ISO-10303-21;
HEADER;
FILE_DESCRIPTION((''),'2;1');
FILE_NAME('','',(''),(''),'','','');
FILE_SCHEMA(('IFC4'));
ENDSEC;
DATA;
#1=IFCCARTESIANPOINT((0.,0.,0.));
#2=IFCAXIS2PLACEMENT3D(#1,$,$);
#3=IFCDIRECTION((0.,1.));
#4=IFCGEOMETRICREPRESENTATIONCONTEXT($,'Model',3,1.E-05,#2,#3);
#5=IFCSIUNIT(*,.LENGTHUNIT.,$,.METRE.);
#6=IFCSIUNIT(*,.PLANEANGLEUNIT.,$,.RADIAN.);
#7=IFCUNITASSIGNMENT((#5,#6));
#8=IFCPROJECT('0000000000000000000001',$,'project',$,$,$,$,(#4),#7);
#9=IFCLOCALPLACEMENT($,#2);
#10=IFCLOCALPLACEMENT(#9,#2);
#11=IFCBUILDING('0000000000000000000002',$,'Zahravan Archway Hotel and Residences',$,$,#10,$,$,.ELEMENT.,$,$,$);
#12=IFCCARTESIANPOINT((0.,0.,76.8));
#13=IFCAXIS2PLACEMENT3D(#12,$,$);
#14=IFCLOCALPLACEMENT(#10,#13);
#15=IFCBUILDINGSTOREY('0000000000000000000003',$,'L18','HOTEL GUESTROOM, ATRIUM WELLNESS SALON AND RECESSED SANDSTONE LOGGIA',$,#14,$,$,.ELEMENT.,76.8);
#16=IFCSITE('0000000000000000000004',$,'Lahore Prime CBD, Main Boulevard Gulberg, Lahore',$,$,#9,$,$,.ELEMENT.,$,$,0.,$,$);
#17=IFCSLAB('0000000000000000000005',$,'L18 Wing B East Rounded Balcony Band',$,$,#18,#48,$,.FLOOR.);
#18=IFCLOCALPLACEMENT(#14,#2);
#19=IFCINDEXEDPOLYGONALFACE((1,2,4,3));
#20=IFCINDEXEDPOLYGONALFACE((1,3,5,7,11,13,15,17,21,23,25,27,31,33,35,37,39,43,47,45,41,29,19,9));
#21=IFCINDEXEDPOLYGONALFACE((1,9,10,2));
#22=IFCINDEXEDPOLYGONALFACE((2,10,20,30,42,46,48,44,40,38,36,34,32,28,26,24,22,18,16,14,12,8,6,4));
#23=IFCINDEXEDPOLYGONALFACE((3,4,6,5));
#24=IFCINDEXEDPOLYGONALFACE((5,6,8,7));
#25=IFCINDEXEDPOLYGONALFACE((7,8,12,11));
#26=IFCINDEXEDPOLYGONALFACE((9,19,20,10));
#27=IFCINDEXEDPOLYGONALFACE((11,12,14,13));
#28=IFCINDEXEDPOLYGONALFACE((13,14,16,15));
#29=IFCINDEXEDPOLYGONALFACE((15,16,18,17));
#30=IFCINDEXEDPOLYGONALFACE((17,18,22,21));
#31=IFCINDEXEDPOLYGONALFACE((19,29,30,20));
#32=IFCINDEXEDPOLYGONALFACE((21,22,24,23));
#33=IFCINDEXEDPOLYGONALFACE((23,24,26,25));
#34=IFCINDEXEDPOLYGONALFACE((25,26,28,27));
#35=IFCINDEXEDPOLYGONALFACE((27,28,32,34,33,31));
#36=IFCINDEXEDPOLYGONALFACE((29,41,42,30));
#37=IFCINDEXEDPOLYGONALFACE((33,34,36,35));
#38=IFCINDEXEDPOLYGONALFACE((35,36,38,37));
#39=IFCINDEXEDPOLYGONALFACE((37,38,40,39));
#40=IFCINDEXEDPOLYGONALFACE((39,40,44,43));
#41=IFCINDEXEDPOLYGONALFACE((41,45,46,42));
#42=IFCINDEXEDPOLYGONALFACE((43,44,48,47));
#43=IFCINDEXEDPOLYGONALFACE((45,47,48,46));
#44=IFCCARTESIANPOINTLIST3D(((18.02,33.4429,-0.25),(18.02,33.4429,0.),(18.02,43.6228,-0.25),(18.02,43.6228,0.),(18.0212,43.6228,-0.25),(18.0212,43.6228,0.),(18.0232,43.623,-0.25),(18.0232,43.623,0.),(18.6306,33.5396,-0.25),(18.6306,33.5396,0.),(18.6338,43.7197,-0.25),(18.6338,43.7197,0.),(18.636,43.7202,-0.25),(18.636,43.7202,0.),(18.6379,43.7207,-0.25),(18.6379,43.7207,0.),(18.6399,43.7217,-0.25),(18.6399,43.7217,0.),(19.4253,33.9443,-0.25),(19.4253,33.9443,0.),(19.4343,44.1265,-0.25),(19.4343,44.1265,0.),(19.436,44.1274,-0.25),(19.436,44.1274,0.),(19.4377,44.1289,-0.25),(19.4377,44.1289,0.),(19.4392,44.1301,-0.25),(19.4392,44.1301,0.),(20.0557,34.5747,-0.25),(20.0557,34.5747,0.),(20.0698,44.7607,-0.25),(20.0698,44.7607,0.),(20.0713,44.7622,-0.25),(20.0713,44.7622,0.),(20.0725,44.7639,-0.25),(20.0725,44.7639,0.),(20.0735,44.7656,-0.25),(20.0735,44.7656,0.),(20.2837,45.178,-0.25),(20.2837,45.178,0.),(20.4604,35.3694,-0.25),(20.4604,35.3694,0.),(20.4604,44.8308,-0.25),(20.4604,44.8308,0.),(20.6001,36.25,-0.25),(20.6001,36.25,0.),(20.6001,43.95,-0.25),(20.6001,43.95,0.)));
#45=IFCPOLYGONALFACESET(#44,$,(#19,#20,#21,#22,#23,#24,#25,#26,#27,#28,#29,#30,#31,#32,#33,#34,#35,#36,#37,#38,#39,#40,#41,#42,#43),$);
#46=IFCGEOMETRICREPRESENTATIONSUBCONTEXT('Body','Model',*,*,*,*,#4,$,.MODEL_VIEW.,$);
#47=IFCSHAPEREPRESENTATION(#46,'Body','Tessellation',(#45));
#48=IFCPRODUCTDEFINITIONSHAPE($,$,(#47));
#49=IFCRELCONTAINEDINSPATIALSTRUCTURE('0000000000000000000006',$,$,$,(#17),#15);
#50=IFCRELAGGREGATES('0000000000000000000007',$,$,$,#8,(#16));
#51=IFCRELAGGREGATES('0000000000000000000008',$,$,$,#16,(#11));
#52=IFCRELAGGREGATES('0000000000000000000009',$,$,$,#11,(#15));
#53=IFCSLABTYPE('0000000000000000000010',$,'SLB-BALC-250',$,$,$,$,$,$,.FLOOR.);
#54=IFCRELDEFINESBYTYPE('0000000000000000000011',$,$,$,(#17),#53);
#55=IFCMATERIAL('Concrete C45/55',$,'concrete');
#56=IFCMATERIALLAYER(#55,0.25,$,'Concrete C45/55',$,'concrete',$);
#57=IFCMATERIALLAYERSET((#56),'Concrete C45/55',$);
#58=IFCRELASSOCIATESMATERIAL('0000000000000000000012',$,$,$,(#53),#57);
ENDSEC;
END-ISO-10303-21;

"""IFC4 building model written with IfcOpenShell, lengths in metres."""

from ifc_helpers import new_model, si_unit, direction, frame, origin, place, context, subcontext, project, spatial, polyline, outline, extrude, material, layer, layer_set, type_object, element, save


model = new_model("IFC4")

# Units and contexts
model_context = context("Model", 3, precision=1e-05, world=origin(), true_north=direction((0.0, 1.0)))
body_context = subcontext(model_context, "Body", "Model", "MODEL_VIEW")
ifc_project = project(units=[si_unit("LENGTHUNIT", "METRE"), si_unit("PLANEANGLEUNIT", "RADIAN")], contexts=[model_context])

# Site, building, storey
site_placement = place(None, origin())
site = spatial("IfcSite", under=ifc_project, at=site_placement, Name="Lahore Prime CBD, Main Boulevard Gulberg, Lahore", CompositionType="ELEMENT", RefElevation=0.0)
building_placement = place(site_placement, origin())
building = spatial("IfcBuilding", under=site, at=building_placement, Name="Zahravan Archway Hotel and Residences", CompositionType="ELEMENT")
storey_placement = place(building_placement, frame((0.0, 0.0, 76.8)))
storey = spatial("IfcBuildingStorey", under=building, at=storey_placement, Name="L18", Description="HOTEL GUESTROOM, ATRIUM WELLNESS SALON AND RECESSED SANDSTONE LOGGIA", CompositionType="ELEMENT", Elevation=76.8)

# Slab
ifc_material_1 = material(Name="Concrete C45/55", Category="concrete")
ifc_layer_1 = layer(ifc_material_1, 0.25, Name="Concrete C45/55", Category="concrete")
ifc_layer_set_1 = layer_set([ifc_layer_1], Name="Concrete C45/55")
slab_type_1 = type_object("IfcSlabType", Name="SLB-BALC-250", PredefinedType="FLOOR", material=ifc_layer_set_1)
slab_1_placement = place(storey_placement, frame((0.0, 0.0, -0.25)))
element("IfcSlab", 1, at=slab_1_placement, inside=storey, type_object=slab_type_1, Name="L18 Wing B East Rounded Balcony Band", PredefinedType="FLOOR", context=body_context, shape_type="SweptSolid", body=[
    extrude(outline(polyline([(20.4604, 44.8308), (20.6001, 43.95), (20.6001, 36.25), (20.4604, 35.3694), (20.0557, 34.5747), (19.4253, 33.9443), (18.6306, 33.5396), (18.02, 33.4429), (18.02, 43.6228), (18.0212, 43.6228), (18.0232, 43.623), (18.6338, 43.7197), (18.636, 43.7202), (18.6379, 43.7207), (18.6399, 43.7217), (19.4343, 44.1265), (19.436, 44.1274), (19.4377, 44.1289), (19.4392, 44.1301), (20.0698, 44.7607), (20.0713, 44.7622), (20.0725, 44.7639), (20.0735, 44.7656), (20.2837, 45.178), (20.4604, 44.8308)])), origin(), (0.0, 0.0, 1.0), 0.25),
])

save(model, "model.ifc")
